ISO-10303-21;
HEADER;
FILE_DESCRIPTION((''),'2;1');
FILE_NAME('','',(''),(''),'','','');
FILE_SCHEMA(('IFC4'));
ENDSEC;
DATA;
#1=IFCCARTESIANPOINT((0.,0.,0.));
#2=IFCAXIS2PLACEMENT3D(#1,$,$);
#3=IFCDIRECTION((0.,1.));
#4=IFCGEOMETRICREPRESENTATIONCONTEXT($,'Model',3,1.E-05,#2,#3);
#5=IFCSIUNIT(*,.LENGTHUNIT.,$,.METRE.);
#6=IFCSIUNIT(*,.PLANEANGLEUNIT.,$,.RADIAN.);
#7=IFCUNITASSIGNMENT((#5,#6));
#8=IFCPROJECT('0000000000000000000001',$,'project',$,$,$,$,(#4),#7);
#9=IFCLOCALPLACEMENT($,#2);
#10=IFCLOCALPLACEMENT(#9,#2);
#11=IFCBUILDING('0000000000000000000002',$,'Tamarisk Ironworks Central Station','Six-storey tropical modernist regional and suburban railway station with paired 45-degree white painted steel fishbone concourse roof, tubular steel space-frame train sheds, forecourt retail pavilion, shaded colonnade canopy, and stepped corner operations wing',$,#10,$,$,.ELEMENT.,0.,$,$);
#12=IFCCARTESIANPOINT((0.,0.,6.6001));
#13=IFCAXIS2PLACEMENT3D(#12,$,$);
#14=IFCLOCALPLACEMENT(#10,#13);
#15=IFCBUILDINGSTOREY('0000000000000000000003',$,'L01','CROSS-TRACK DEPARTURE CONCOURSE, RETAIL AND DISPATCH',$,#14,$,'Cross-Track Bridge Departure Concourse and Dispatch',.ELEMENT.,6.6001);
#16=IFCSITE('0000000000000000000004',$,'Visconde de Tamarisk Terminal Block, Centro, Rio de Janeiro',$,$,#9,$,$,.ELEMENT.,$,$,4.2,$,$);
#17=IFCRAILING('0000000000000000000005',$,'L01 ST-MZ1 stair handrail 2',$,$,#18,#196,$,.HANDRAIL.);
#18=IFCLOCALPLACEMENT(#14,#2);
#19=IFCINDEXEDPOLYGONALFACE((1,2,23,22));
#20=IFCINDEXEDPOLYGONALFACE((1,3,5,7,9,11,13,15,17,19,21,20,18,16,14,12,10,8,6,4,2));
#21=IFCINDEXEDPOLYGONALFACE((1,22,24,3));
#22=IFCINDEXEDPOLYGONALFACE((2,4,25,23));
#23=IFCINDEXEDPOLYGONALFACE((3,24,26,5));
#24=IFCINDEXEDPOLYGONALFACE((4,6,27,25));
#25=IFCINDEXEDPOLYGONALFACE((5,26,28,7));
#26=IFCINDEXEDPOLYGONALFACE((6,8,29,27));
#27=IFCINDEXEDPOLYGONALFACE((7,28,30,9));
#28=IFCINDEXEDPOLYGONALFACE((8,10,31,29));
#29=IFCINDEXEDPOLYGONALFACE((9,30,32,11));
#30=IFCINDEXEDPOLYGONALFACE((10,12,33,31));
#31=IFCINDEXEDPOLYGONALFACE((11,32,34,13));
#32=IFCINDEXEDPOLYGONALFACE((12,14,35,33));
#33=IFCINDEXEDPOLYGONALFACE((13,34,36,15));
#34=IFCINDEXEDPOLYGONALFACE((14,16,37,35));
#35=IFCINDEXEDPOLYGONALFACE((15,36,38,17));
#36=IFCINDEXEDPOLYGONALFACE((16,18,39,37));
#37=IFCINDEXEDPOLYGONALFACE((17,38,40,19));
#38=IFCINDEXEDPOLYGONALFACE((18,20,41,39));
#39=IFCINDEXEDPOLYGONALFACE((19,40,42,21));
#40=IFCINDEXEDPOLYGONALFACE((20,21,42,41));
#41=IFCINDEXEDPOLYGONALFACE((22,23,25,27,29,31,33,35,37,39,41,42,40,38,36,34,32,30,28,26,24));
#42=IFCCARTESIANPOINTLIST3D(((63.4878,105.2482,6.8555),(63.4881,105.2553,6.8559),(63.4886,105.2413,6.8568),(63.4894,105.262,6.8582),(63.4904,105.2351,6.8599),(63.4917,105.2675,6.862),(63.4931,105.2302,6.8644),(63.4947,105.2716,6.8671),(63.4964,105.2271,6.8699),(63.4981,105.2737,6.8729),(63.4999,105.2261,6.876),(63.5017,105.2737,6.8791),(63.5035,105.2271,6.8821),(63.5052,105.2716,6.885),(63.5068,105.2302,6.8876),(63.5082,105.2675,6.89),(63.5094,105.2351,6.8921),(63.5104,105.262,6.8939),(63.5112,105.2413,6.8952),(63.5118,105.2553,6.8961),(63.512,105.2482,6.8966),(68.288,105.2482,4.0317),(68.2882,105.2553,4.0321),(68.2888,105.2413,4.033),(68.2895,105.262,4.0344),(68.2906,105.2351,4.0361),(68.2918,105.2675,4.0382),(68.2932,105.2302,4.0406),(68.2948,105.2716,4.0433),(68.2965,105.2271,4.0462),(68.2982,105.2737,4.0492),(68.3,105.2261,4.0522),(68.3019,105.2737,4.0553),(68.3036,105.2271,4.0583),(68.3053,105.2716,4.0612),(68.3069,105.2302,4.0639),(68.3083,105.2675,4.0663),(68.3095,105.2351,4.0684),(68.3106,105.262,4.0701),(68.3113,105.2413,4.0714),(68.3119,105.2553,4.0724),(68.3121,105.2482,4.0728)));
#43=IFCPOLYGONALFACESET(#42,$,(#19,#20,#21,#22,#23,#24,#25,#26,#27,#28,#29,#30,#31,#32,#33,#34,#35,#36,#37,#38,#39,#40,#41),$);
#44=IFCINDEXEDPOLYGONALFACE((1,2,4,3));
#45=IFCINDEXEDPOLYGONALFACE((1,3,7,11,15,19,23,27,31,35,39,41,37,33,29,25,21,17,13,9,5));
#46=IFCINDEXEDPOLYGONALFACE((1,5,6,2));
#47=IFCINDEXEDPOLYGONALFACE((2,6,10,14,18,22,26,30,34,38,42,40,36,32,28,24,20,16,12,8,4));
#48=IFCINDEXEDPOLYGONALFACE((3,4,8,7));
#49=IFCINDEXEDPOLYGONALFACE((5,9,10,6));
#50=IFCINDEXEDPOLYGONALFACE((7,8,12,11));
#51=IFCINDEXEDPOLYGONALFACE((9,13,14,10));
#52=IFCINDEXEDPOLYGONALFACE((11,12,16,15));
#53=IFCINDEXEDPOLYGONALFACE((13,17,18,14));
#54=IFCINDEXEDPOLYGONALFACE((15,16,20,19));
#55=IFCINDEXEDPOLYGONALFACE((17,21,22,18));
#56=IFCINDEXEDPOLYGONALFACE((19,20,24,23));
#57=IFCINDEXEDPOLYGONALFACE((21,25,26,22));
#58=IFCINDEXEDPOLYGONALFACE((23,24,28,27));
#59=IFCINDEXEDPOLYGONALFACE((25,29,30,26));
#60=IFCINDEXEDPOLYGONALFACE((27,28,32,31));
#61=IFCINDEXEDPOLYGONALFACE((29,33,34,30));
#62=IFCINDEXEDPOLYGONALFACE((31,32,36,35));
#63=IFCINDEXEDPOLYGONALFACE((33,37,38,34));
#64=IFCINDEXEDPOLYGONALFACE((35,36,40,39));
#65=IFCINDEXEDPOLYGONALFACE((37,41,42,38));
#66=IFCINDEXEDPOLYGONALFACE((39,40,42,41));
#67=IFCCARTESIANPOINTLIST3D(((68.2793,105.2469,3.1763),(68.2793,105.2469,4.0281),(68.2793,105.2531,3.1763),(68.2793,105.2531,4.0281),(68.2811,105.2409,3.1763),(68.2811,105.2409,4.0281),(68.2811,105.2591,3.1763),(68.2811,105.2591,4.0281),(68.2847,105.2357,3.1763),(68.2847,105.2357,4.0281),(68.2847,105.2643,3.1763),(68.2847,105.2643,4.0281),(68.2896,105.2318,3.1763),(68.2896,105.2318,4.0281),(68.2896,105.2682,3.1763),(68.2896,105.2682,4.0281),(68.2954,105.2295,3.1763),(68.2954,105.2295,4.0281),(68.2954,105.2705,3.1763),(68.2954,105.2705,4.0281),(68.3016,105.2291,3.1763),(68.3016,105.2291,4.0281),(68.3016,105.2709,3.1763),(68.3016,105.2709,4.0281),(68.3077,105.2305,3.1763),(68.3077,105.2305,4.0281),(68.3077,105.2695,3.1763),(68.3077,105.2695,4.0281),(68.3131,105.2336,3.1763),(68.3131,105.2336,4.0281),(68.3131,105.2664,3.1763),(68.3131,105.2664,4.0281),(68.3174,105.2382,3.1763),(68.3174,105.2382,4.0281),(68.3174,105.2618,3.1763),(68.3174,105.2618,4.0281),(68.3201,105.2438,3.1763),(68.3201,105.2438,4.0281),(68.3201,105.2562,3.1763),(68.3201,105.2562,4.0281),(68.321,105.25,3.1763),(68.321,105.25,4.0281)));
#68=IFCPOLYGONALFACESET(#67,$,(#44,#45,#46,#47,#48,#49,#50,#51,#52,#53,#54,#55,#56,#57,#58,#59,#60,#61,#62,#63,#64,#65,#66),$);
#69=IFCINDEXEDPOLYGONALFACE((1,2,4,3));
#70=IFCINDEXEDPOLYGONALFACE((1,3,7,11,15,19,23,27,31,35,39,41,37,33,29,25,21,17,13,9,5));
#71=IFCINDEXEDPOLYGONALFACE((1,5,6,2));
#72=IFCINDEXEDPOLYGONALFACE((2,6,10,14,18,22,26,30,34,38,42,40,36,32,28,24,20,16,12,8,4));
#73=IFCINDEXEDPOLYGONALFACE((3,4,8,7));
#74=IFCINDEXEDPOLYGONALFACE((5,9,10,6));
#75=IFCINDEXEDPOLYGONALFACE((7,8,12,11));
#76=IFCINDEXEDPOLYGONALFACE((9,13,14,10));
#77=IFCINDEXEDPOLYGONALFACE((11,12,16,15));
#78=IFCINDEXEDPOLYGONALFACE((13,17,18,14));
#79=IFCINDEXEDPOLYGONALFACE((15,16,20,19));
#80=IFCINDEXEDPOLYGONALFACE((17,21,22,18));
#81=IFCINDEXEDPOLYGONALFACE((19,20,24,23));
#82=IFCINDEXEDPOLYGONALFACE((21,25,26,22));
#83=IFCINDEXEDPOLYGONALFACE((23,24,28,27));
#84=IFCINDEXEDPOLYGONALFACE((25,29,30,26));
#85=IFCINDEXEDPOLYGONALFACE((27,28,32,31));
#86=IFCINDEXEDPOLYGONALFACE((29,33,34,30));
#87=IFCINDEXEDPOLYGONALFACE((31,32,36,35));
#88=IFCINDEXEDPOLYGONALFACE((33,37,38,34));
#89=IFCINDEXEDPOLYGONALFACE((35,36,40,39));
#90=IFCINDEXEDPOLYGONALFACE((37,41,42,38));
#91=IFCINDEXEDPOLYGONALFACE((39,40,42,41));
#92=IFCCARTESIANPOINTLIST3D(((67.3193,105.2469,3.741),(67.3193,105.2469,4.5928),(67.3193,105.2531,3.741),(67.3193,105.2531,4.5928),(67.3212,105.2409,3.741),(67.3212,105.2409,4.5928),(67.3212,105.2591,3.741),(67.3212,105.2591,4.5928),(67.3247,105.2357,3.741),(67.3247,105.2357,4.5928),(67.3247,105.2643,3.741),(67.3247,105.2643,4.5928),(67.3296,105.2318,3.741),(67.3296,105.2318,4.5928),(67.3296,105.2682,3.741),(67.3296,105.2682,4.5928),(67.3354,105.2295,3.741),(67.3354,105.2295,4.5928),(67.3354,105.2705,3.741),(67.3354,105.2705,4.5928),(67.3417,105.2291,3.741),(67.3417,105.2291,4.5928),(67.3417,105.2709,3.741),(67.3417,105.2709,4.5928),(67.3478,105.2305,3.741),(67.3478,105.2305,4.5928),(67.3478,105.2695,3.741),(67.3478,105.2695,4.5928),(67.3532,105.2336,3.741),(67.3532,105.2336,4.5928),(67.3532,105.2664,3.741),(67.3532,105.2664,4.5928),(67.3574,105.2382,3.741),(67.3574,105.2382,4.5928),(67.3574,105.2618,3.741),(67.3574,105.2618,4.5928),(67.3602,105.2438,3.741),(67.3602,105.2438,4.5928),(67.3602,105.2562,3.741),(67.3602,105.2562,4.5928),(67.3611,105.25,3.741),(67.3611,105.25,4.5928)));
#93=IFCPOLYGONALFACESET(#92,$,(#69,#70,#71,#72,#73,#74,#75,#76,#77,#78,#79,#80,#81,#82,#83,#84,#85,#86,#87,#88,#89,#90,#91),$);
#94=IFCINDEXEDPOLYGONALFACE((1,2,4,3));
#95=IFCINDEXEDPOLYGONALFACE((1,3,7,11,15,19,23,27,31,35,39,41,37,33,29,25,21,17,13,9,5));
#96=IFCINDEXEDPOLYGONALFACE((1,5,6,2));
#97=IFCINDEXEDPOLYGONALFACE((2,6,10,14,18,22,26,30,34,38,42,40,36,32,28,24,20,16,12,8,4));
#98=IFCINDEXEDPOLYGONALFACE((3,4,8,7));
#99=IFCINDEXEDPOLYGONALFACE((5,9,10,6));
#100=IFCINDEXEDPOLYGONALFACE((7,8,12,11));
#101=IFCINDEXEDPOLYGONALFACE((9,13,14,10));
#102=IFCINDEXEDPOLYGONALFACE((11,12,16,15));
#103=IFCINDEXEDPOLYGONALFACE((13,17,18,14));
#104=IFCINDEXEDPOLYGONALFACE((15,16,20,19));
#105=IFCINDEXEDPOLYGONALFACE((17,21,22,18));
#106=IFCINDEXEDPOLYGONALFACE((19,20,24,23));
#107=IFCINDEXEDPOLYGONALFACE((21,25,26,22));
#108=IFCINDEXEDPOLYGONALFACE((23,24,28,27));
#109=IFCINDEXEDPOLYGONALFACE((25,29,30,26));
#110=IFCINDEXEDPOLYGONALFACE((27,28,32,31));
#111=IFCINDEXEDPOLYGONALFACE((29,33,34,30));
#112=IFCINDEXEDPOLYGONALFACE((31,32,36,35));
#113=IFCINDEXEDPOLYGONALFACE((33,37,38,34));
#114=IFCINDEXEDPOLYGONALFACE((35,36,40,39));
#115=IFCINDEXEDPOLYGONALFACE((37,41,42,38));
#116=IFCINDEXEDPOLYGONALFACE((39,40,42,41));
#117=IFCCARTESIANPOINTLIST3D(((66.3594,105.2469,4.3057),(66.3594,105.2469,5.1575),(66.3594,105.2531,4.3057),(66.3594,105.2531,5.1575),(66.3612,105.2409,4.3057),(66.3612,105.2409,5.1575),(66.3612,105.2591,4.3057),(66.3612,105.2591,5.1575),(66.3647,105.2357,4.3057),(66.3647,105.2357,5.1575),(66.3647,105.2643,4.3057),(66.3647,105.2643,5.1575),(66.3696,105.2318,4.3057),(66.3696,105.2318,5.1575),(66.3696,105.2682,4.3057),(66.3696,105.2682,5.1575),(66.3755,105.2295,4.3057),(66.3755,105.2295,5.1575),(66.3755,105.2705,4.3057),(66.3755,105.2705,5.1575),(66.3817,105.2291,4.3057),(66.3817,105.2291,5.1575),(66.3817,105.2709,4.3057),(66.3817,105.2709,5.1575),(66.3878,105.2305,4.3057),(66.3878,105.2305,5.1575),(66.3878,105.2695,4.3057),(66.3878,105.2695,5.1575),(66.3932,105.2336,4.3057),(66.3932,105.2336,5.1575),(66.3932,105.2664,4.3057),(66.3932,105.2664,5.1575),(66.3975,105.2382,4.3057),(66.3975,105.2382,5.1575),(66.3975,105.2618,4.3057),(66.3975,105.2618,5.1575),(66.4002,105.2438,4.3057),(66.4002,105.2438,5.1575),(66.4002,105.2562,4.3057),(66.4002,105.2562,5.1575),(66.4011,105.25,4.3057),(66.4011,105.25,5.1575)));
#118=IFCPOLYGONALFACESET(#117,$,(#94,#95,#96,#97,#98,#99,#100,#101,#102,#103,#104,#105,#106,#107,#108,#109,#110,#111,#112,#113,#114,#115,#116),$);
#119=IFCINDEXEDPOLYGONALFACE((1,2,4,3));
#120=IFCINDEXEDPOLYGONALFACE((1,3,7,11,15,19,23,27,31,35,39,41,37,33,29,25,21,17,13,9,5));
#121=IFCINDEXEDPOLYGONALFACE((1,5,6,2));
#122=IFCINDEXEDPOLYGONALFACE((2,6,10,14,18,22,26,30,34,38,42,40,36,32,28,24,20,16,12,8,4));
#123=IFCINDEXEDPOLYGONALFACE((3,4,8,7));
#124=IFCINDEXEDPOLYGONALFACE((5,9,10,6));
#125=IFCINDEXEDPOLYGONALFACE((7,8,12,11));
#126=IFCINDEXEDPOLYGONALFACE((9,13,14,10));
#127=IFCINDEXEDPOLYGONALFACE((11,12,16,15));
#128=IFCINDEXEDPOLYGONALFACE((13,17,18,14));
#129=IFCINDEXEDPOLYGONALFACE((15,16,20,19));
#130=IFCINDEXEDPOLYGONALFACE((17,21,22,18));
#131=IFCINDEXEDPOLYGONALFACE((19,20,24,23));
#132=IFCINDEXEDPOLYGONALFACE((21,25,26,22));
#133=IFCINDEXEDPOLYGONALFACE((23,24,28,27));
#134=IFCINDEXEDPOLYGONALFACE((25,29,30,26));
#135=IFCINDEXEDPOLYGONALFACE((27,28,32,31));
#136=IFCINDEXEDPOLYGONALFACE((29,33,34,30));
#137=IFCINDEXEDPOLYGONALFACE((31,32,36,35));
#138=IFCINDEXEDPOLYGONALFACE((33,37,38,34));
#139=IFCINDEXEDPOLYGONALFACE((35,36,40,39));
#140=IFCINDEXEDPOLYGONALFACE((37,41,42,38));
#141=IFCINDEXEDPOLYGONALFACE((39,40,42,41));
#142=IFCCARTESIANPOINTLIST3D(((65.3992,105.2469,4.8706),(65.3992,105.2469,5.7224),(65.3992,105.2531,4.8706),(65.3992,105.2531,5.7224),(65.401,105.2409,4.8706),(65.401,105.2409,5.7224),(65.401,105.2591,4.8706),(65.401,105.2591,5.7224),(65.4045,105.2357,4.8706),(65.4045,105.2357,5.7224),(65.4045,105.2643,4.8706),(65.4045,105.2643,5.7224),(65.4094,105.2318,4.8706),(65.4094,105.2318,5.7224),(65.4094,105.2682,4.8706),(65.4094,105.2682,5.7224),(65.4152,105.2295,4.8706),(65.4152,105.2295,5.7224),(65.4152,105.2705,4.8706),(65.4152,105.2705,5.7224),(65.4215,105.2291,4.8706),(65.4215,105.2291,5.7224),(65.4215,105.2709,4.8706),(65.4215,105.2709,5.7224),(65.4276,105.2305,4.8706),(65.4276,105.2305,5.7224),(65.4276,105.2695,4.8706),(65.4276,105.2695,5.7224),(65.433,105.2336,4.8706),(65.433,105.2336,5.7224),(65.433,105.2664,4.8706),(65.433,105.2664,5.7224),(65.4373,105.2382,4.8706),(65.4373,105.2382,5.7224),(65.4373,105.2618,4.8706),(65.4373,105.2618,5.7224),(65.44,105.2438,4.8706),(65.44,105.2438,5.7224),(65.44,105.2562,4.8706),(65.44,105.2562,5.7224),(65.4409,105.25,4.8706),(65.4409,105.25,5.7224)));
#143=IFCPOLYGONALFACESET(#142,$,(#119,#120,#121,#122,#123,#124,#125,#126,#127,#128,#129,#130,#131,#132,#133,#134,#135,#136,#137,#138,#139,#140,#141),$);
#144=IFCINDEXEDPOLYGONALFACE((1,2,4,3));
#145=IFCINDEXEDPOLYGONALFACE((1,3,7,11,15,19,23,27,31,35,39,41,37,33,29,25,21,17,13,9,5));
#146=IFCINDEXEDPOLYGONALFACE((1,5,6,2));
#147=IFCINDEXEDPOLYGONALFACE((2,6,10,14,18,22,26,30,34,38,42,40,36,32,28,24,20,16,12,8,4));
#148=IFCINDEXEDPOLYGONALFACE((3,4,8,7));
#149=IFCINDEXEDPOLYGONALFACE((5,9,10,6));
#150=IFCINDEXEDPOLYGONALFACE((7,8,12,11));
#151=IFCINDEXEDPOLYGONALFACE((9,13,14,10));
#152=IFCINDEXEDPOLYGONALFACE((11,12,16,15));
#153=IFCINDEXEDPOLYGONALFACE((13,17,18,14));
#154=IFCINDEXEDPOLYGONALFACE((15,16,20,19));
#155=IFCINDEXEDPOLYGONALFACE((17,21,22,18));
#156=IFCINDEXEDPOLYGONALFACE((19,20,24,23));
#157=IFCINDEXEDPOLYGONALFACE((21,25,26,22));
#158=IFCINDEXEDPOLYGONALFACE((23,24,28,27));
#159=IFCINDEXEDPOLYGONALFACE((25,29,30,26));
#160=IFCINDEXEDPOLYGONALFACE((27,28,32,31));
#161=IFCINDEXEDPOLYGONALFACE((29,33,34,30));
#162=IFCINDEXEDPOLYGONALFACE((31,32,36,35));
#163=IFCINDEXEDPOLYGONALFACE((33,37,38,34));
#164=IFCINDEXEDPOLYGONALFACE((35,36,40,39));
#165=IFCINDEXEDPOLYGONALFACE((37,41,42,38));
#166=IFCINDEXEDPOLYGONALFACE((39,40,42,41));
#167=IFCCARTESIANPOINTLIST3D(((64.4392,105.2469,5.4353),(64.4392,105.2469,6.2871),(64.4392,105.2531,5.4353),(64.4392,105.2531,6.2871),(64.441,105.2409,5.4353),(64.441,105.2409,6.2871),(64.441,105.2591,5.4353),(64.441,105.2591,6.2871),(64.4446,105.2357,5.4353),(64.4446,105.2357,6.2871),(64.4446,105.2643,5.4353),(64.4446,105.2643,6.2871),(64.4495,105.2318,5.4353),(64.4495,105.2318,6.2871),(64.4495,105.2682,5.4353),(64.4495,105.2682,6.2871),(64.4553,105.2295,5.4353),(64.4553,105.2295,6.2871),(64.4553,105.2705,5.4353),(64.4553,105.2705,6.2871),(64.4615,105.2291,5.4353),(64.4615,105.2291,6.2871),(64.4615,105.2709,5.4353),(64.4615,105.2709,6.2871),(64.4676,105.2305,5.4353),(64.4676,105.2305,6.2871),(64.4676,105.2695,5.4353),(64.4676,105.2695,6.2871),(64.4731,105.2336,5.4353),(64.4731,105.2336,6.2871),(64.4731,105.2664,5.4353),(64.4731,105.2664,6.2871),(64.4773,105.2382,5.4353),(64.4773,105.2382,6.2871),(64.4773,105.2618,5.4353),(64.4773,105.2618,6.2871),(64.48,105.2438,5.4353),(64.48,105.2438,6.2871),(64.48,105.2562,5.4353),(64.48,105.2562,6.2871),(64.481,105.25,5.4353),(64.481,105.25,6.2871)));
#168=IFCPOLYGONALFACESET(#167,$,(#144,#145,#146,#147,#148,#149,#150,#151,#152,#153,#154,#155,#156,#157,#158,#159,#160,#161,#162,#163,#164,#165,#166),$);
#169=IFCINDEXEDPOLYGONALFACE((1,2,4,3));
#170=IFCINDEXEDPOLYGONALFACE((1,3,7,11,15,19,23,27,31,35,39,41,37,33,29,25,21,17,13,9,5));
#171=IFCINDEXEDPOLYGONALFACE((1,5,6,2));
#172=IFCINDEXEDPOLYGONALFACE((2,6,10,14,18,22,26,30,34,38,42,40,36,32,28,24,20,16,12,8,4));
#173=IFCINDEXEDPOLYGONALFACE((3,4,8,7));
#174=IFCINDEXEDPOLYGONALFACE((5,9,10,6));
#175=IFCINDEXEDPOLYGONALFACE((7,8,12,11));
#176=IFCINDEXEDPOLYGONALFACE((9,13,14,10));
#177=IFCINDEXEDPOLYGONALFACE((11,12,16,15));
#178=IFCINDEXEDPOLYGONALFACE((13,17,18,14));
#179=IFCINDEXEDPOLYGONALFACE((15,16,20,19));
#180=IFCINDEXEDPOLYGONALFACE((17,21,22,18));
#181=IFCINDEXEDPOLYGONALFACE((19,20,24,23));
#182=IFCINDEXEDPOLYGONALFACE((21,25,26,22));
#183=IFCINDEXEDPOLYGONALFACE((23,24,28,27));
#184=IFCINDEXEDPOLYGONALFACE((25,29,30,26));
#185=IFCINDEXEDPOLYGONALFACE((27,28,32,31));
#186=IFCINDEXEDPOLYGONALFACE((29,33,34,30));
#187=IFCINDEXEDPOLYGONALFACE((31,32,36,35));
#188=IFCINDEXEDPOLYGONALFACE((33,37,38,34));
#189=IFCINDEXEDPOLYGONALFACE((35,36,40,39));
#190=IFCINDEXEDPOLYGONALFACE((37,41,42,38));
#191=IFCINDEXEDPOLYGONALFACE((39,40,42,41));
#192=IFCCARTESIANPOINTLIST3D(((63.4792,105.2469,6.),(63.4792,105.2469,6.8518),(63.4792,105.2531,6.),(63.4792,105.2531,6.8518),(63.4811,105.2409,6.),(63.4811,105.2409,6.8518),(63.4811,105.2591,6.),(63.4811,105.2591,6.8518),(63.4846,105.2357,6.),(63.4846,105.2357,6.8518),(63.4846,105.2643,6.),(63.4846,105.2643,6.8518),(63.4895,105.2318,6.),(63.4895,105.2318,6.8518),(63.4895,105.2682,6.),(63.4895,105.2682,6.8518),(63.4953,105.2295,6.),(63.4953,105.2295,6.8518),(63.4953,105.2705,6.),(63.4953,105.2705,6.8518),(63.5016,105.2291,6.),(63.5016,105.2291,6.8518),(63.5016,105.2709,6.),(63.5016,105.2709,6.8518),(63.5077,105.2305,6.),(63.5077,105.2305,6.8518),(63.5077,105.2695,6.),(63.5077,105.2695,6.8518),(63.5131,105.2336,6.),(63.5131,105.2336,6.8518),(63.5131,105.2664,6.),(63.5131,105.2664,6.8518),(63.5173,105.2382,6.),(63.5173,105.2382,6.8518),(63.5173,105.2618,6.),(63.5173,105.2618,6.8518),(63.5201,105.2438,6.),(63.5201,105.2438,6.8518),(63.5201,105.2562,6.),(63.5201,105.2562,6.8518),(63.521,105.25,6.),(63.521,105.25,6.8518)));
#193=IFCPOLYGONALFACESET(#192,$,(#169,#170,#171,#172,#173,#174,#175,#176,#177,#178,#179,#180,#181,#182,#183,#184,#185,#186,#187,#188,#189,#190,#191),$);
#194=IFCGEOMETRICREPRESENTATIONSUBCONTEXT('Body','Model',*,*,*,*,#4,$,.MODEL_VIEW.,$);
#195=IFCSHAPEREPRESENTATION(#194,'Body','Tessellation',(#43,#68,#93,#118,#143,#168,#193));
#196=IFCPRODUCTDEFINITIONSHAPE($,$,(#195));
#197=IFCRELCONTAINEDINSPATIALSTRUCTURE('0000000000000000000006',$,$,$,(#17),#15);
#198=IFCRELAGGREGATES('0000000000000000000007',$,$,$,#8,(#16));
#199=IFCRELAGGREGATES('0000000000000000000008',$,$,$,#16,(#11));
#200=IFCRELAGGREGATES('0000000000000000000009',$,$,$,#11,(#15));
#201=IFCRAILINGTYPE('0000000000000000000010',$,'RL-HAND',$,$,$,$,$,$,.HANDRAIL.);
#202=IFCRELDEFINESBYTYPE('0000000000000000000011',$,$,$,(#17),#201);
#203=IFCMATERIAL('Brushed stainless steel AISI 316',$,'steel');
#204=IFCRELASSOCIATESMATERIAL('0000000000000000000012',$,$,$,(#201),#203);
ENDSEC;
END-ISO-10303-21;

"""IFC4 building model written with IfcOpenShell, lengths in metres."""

from ifc_helpers import new_model, si_unit, direction, frame, origin, origin_2d, place, context, subcontext, project, spatial, circle, extrude, material, type_object, element, save


model = new_model("IFC4")

# Units and contexts
model_context = context("Model", 3, precision=1e-05, world=origin(), true_north=direction((0.0, 1.0)))
body_context = subcontext(model_context, "Body", "Model", "MODEL_VIEW")
ifc_project = project(units=[si_unit("LENGTHUNIT", "METRE"), si_unit("PLANEANGLEUNIT", "RADIAN")], contexts=[model_context])

# Site, building, storey
site_placement = place(None, origin())
site = spatial("IfcSite", under=ifc_project, at=site_placement, Name="Visconde de Tamarisk Terminal Block, Centro, Rio de Janeiro", CompositionType="ELEMENT", RefElevation=4.2)
building_placement = place(site_placement, origin())
building = spatial("IfcBuilding", under=site, at=building_placement, Name="Tamarisk Ironworks Central Station", Description="Six-storey tropical modernist regional and suburban railway station with paired 45-degree white painted steel fishbone concourse roof, tubular steel space-frame train sheds, forecourt retail pavilion, shaded colonnade canopy, and stepped corner operations wing", CompositionType="ELEMENT", ElevationOfRefHeight=0.0)
storey_placement = place(building_placement, frame((0.0, 0.0, 6.6001)))
storey = spatial("IfcBuildingStorey", under=building, at=storey_placement, Name="L01", Description="CROSS-TRACK DEPARTURE CONCOURSE, RETAIL AND DISPATCH", LongName="Cross-Track Bridge Departure Concourse and Dispatch", CompositionType="ELEMENT", Elevation=6.6001)

# Railing
ifc_material_1 = material(Name="Brushed stainless steel AISI 316", Category="steel")
railing_type_1 = type_object("IfcRailingType", Name="RL-HAND", PredefinedType="HANDRAIL", material=ifc_material_1)
railing_1_placement = place(storey_placement, frame((68.3, 105.25, 3.1763)))
element("IfcRailing", 1, at=railing_1_placement, inside=storey, type_object=railing_type_1, Name="L01 ST-MZ1 stair handrail 2", PredefinedType="HANDRAIL", context=body_context, shape_type="SweptSolid", body=[
    extrude(circle(Radius=0.0239, at=origin_2d()), frame((0.0, 0.0, 0.876), z_axis=(-0.861921, 0.0, 0.507043), x_axis=(0.0, -1.0, 0.0)), (0.0, 0.0, 1.0), 5.5691),
    extrude(circle(Radius=0.021, at=origin_2d()), origin(), (0.0, 0.0, 1.0), 0.8518),
    extrude(circle(Radius=0.021, at=origin_2d()), frame((-0.96, 0.0, 0.5647)), (0.0, 0.0, 1.0), 0.8518),
    extrude(circle(Radius=0.021, at=origin_2d()), frame((-1.9199, 0.0, 1.1294)), (0.0, 0.0, 1.0), 0.8518),
    extrude(circle(Radius=0.021, at=origin_2d()), frame((-2.8801, 0.0, 1.6943)), (0.0, 0.0, 1.0), 0.8518),
    extrude(circle(Radius=0.021, at=origin_2d()), frame((-3.8401, 0.0, 2.259)), (0.0, 0.0, 1.0), 0.8518),
    extrude(circle(Radius=0.021, at=origin_2d()), frame((-4.8, 0.0, 2.8237)), (0.0, 0.0, 1.0), 0.8518),
])

save(model, "model.ifc")
